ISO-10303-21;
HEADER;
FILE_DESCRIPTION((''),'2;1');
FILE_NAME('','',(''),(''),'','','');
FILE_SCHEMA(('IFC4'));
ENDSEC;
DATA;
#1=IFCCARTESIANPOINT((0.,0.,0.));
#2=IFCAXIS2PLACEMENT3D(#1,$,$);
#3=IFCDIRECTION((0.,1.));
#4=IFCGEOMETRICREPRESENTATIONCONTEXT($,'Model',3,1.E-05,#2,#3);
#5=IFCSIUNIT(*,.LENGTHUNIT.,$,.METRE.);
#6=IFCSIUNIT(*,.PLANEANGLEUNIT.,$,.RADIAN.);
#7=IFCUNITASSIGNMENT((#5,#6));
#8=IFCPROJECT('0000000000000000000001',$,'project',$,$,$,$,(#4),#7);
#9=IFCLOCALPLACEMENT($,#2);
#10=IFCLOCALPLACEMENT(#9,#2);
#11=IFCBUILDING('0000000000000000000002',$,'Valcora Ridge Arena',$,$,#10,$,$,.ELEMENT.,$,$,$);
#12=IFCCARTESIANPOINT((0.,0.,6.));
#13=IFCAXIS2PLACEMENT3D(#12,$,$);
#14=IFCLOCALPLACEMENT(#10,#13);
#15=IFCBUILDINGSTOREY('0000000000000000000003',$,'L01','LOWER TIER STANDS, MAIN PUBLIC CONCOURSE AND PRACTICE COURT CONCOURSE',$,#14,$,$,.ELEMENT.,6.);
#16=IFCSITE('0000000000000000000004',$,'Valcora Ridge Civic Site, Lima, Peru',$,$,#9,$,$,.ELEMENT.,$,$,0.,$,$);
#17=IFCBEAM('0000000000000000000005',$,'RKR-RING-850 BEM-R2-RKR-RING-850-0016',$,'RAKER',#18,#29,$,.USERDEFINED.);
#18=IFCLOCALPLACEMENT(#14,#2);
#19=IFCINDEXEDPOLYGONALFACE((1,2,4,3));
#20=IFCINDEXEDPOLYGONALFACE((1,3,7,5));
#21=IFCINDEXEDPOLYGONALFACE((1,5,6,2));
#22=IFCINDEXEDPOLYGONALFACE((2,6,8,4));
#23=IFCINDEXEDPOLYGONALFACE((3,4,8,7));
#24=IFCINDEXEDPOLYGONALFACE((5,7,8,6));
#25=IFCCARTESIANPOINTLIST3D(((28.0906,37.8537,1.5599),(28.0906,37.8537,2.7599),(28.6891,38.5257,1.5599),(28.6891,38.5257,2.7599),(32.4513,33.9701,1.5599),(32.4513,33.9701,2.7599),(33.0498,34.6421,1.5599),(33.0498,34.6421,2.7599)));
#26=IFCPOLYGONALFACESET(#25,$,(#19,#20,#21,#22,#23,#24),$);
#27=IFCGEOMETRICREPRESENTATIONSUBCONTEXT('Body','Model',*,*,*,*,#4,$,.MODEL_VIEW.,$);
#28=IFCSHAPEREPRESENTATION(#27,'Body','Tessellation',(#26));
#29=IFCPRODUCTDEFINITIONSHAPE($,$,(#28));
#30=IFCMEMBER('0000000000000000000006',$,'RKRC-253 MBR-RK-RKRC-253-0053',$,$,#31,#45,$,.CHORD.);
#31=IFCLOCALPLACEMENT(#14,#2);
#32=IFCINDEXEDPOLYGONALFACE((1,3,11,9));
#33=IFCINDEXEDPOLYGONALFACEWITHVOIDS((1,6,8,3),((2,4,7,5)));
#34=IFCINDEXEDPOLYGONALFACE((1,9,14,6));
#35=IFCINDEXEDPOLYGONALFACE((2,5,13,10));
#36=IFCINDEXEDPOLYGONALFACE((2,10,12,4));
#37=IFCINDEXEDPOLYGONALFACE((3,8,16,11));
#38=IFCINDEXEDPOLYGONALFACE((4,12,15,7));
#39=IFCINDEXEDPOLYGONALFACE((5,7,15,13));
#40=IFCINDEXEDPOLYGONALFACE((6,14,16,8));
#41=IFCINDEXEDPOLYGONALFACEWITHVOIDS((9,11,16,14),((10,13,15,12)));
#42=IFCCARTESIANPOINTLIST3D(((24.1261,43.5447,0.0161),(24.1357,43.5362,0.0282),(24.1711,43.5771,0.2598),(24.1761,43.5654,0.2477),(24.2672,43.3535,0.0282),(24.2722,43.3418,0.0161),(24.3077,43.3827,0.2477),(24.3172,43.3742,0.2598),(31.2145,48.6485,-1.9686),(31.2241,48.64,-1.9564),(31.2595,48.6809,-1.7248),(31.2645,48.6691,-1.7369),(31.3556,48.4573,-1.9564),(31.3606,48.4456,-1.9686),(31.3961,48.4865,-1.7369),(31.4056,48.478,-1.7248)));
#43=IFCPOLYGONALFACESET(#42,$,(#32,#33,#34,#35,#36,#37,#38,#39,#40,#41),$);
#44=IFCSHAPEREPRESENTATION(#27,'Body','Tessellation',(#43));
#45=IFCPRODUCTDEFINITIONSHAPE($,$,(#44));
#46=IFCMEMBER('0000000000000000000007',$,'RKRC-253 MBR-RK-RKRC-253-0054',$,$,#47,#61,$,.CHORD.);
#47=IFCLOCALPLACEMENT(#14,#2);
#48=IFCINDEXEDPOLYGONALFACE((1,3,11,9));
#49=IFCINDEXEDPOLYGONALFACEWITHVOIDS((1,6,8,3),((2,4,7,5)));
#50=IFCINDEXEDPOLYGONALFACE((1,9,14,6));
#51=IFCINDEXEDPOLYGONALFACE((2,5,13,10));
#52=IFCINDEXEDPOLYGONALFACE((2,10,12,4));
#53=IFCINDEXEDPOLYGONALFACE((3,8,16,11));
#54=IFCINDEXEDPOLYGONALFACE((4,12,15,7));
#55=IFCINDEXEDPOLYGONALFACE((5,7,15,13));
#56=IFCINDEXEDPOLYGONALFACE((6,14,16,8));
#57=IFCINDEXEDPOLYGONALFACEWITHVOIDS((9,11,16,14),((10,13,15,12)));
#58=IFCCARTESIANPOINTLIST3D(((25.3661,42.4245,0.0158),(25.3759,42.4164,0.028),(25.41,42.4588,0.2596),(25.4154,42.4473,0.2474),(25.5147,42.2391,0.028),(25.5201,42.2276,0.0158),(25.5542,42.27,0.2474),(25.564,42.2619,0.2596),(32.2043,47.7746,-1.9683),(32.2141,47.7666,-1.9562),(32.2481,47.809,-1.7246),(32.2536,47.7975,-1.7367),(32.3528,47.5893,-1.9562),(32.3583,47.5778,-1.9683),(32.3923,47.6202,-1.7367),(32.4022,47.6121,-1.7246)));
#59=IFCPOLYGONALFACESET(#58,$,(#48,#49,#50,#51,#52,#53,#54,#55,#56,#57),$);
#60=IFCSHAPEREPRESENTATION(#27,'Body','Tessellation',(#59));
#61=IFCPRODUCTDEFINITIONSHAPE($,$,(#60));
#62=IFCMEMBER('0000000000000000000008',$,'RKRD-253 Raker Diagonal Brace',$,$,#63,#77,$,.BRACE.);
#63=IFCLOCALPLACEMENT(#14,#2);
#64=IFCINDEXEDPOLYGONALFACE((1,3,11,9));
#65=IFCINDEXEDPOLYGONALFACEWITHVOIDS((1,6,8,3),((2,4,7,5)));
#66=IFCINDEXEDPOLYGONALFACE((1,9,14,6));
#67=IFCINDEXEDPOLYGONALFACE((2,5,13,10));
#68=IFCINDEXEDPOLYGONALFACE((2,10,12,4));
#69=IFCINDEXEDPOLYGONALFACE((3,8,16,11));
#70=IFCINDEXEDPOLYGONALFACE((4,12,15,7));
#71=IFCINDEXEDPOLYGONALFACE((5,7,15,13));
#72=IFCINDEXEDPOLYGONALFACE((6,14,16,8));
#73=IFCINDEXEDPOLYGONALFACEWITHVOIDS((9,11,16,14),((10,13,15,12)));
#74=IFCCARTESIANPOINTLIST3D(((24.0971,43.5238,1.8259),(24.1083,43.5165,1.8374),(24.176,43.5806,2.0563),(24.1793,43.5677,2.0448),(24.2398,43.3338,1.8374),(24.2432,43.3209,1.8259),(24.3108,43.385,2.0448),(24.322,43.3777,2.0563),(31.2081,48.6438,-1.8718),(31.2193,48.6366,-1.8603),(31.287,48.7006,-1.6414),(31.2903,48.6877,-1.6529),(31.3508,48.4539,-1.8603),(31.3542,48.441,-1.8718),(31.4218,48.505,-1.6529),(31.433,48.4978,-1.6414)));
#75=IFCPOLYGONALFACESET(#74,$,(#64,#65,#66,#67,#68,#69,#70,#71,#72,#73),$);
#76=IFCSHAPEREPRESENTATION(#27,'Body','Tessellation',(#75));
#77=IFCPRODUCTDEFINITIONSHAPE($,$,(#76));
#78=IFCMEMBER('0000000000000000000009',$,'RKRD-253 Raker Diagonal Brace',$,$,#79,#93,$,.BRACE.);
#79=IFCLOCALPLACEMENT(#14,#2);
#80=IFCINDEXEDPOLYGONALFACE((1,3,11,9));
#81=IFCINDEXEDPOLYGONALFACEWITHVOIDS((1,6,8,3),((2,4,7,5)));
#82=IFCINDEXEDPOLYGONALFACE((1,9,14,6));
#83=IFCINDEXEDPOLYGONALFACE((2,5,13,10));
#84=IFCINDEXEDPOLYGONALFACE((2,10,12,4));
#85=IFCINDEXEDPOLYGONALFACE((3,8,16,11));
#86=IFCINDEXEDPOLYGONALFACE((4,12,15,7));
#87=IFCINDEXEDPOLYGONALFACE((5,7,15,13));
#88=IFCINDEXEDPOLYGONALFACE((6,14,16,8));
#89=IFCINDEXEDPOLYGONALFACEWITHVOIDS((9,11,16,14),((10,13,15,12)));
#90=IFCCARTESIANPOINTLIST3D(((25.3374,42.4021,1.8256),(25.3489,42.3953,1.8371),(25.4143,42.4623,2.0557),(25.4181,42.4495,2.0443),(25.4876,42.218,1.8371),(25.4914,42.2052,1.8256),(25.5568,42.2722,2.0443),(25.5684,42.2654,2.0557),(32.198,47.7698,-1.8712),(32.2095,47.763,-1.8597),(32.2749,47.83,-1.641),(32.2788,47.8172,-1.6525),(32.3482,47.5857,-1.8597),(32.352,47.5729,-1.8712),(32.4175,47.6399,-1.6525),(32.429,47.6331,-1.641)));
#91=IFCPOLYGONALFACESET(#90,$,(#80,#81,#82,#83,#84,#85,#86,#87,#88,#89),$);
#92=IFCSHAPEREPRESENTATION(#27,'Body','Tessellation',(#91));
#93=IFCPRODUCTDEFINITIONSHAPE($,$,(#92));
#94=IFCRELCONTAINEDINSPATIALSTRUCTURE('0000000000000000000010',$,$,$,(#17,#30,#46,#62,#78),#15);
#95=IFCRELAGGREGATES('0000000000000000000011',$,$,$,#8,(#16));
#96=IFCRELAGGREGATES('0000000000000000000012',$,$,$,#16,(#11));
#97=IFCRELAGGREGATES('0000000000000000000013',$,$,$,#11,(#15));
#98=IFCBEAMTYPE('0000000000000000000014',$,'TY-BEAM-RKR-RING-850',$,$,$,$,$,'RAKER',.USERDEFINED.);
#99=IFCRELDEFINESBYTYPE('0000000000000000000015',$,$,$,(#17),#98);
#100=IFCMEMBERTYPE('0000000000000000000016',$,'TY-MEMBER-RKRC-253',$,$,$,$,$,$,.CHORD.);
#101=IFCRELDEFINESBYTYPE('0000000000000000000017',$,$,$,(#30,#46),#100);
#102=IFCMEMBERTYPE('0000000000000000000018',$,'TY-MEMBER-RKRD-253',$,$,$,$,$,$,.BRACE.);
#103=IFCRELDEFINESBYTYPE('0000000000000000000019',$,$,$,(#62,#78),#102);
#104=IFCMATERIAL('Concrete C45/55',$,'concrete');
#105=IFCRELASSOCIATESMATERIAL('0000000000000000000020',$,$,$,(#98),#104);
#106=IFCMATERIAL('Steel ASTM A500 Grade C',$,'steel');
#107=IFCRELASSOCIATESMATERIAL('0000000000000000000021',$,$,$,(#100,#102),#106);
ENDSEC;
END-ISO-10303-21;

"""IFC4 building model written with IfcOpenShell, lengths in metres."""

from ifc_helpers import new_model, si_unit, direction, frame, origin, origin_2d, place, context, subcontext, project, spatial, rectangle, hollow_rectangle, extrude, material, material_profile, profile_set, type_object, element, save


model = new_model("IFC4")

# Units and contexts
model_context = context("Model", 3, precision=1e-05, world=origin(), true_north=direction((0.0, 1.0)))
body_context = subcontext(model_context, "Body", "Model", "MODEL_VIEW")
ifc_project = project(units=[si_unit("LENGTHUNIT", "METRE"), si_unit("PLANEANGLEUNIT", "RADIAN")], contexts=[model_context])

# Site, building, storey
site_placement = place(None, origin())
site = spatial("IfcSite", under=ifc_project, at=site_placement, Name="Valcora Ridge Civic Site, Lima, Peru", CompositionType="ELEMENT", RefElevation=0.0)
building_placement = place(site_placement, origin())
building = spatial("IfcBuilding", under=site, at=building_placement, Name="Valcora Ridge Arena", CompositionType="ELEMENT")
storey_placement = place(building_placement, frame((0.0, 0.0, 6.0)))
storey = spatial("IfcBuildingStorey", under=building, at=storey_placement, Name="L01", Description="LOWER TIER STANDS, MAIN PUBLIC CONCOURSE AND PRACTICE COURT CONCOURSE", CompositionType="ELEMENT", Elevation=6.0)

# Beam
ifc_material_1 = material(Name="Concrete C45/55", Category="concrete")
ifc_material_profile_1 = material_profile(ifc_material_1, rectangle(XDim=0.8999, YDim=1.2, at=origin_2d()), Name="RC 900x1200")
ifc_profile_set_1 = profile_set([ifc_material_profile_1], Name="Concrete C45/55")
beam_type_1 = type_object("IfcBeamType", Name="TY-BEAM-RKR-RING-850", ElementType="RAKER", PredefinedType="USERDEFINED", material=ifc_profile_set_1)
beam_1_placement = place(storey_placement, frame((28.3899, 38.1897, 2.1599), z_axis=(0.746775, -0.665077, 0.0), x_axis=(0.665077, 0.746775, 0.0)))
element("IfcBeam", 1, at=beam_1_placement, inside=storey, type_object=beam_type_1, Name="RKR-RING-850 BEM-R2-RKR-RING-850-0016", ObjectType="RAKER", PredefinedType="USERDEFINED", context=body_context, shape_type="SweptSolid", body=[
    extrude(rectangle(XDim=0.8999, YDim=1.2, at=origin_2d()), origin(), (0.0, 0.0, 1.0), 5.8394),
])

# Members
ifc_material_2 = material(Name="Steel ASTM A500 Grade C", Category="steel")
ifc_material_profile_2 = material_profile(ifc_material_2, hollow_rectangle(XDim=0.25, YDim=0.25, WallThickness=0.0125, at=origin_2d()), Name="HSS250X250X12")
ifc_profile_set_2 = profile_set([ifc_material_profile_2], Name="Steel ASTM A500 Grade C")
member_type_1 = type_object("IfcMemberType", Name="TY-MEMBER-RKRC-253", PredefinedType="CHORD", material=ifc_profile_set_2)
member_1_placement = place(storey_placement, frame((31.3101, 48.5632, -1.8467), z_axis=(-0.791357, -0.569791, 0.221566), x_axis=(0.584314, -0.811527, 0.0)))
element("IfcMember", 2, at=member_1_placement, inside=storey, type_object=member_type_1, Name="RKRC-253 MBR-RK-RKRC-253-0053", PredefinedType="CHORD", context=body_context, shape_type="SweptSolid", body=[
    extrude(hollow_rectangle(XDim=0.25, YDim=0.25, WallThickness=0.0125, at=origin_2d()), origin(), (0.0, 0.0, 1.0), 8.9573),
])
member_2_placement = place(storey_placement, frame((32.3032, 47.6934, -1.8464), z_axis=(-0.767795, -0.600716, 0.222781), x_axis=(0.616202, -0.787588, 0.0)))
element("IfcMember", 3, at=member_2_placement, inside=storey, type_object=member_type_1, Name="RKRC-253 MBR-RK-RKRC-253-0054", PredefinedType="CHORD", context=body_context, shape_type="SweptSolid", body=[
    extrude(hollow_rectangle(XDim=0.25, YDim=0.25, WallThickness=0.0125, at=origin_2d()), origin(), (0.0, 0.0, 1.0), 8.9062),
])
ifc_material_profile_3 = material_profile(ifc_material_2, hollow_rectangle(XDim=0.25, YDim=0.25, WallThickness=0.0125, at=origin_2d()), Name="HSS250X250X12")
ifc_profile_set_3 = profile_set([ifc_material_profile_3], Name="Steel ASTM A500 Grade C")
member_type_2 = type_object("IfcMemberType", Name="TY-MEMBER-RKRD-253", PredefinedType="BRACE", material=ifc_profile_set_3)
member_3_placement = place(storey_placement, frame((31.3206, 48.5708, -1.7566), z_axis=(-0.74768, -0.538344, 0.388793), x_axis=(0.584315, -0.811527, 0.0)))
element("IfcMember", 4, at=member_3_placement, inside=storey, type_object=member_type_2, Name="RKRD-253 Raker Diagonal Brace", PredefinedType="BRACE", context=body_context, shape_type="SweptSolid", body=[
    extrude(hollow_rectangle(XDim=0.25, YDim=0.25, WallThickness=0.0125, at=origin_2d()), origin(), (0.0, 0.0, 1.0), 9.5107),
])
member_4_placement = place(storey_placement, frame((32.3135, 47.7014, -1.7561), z_axis=(-0.725002, -0.567236, 0.390661), x_axis=(0.616202, -0.787588, 0.0)))
element("IfcMember", 5, at=member_4_placement, inside=storey, type_object=member_type_2, Name="RKRD-253 Raker Diagonal Brace", PredefinedType="BRACE", context=body_context, shape_type="SweptSolid", body=[
    extrude(hollow_rectangle(XDim=0.25, YDim=0.25, WallThickness=0.0125, at=origin_2d()), origin(), (0.0, 0.0, 1.0), 9.4629),
])

save(model, "model.ifc")
